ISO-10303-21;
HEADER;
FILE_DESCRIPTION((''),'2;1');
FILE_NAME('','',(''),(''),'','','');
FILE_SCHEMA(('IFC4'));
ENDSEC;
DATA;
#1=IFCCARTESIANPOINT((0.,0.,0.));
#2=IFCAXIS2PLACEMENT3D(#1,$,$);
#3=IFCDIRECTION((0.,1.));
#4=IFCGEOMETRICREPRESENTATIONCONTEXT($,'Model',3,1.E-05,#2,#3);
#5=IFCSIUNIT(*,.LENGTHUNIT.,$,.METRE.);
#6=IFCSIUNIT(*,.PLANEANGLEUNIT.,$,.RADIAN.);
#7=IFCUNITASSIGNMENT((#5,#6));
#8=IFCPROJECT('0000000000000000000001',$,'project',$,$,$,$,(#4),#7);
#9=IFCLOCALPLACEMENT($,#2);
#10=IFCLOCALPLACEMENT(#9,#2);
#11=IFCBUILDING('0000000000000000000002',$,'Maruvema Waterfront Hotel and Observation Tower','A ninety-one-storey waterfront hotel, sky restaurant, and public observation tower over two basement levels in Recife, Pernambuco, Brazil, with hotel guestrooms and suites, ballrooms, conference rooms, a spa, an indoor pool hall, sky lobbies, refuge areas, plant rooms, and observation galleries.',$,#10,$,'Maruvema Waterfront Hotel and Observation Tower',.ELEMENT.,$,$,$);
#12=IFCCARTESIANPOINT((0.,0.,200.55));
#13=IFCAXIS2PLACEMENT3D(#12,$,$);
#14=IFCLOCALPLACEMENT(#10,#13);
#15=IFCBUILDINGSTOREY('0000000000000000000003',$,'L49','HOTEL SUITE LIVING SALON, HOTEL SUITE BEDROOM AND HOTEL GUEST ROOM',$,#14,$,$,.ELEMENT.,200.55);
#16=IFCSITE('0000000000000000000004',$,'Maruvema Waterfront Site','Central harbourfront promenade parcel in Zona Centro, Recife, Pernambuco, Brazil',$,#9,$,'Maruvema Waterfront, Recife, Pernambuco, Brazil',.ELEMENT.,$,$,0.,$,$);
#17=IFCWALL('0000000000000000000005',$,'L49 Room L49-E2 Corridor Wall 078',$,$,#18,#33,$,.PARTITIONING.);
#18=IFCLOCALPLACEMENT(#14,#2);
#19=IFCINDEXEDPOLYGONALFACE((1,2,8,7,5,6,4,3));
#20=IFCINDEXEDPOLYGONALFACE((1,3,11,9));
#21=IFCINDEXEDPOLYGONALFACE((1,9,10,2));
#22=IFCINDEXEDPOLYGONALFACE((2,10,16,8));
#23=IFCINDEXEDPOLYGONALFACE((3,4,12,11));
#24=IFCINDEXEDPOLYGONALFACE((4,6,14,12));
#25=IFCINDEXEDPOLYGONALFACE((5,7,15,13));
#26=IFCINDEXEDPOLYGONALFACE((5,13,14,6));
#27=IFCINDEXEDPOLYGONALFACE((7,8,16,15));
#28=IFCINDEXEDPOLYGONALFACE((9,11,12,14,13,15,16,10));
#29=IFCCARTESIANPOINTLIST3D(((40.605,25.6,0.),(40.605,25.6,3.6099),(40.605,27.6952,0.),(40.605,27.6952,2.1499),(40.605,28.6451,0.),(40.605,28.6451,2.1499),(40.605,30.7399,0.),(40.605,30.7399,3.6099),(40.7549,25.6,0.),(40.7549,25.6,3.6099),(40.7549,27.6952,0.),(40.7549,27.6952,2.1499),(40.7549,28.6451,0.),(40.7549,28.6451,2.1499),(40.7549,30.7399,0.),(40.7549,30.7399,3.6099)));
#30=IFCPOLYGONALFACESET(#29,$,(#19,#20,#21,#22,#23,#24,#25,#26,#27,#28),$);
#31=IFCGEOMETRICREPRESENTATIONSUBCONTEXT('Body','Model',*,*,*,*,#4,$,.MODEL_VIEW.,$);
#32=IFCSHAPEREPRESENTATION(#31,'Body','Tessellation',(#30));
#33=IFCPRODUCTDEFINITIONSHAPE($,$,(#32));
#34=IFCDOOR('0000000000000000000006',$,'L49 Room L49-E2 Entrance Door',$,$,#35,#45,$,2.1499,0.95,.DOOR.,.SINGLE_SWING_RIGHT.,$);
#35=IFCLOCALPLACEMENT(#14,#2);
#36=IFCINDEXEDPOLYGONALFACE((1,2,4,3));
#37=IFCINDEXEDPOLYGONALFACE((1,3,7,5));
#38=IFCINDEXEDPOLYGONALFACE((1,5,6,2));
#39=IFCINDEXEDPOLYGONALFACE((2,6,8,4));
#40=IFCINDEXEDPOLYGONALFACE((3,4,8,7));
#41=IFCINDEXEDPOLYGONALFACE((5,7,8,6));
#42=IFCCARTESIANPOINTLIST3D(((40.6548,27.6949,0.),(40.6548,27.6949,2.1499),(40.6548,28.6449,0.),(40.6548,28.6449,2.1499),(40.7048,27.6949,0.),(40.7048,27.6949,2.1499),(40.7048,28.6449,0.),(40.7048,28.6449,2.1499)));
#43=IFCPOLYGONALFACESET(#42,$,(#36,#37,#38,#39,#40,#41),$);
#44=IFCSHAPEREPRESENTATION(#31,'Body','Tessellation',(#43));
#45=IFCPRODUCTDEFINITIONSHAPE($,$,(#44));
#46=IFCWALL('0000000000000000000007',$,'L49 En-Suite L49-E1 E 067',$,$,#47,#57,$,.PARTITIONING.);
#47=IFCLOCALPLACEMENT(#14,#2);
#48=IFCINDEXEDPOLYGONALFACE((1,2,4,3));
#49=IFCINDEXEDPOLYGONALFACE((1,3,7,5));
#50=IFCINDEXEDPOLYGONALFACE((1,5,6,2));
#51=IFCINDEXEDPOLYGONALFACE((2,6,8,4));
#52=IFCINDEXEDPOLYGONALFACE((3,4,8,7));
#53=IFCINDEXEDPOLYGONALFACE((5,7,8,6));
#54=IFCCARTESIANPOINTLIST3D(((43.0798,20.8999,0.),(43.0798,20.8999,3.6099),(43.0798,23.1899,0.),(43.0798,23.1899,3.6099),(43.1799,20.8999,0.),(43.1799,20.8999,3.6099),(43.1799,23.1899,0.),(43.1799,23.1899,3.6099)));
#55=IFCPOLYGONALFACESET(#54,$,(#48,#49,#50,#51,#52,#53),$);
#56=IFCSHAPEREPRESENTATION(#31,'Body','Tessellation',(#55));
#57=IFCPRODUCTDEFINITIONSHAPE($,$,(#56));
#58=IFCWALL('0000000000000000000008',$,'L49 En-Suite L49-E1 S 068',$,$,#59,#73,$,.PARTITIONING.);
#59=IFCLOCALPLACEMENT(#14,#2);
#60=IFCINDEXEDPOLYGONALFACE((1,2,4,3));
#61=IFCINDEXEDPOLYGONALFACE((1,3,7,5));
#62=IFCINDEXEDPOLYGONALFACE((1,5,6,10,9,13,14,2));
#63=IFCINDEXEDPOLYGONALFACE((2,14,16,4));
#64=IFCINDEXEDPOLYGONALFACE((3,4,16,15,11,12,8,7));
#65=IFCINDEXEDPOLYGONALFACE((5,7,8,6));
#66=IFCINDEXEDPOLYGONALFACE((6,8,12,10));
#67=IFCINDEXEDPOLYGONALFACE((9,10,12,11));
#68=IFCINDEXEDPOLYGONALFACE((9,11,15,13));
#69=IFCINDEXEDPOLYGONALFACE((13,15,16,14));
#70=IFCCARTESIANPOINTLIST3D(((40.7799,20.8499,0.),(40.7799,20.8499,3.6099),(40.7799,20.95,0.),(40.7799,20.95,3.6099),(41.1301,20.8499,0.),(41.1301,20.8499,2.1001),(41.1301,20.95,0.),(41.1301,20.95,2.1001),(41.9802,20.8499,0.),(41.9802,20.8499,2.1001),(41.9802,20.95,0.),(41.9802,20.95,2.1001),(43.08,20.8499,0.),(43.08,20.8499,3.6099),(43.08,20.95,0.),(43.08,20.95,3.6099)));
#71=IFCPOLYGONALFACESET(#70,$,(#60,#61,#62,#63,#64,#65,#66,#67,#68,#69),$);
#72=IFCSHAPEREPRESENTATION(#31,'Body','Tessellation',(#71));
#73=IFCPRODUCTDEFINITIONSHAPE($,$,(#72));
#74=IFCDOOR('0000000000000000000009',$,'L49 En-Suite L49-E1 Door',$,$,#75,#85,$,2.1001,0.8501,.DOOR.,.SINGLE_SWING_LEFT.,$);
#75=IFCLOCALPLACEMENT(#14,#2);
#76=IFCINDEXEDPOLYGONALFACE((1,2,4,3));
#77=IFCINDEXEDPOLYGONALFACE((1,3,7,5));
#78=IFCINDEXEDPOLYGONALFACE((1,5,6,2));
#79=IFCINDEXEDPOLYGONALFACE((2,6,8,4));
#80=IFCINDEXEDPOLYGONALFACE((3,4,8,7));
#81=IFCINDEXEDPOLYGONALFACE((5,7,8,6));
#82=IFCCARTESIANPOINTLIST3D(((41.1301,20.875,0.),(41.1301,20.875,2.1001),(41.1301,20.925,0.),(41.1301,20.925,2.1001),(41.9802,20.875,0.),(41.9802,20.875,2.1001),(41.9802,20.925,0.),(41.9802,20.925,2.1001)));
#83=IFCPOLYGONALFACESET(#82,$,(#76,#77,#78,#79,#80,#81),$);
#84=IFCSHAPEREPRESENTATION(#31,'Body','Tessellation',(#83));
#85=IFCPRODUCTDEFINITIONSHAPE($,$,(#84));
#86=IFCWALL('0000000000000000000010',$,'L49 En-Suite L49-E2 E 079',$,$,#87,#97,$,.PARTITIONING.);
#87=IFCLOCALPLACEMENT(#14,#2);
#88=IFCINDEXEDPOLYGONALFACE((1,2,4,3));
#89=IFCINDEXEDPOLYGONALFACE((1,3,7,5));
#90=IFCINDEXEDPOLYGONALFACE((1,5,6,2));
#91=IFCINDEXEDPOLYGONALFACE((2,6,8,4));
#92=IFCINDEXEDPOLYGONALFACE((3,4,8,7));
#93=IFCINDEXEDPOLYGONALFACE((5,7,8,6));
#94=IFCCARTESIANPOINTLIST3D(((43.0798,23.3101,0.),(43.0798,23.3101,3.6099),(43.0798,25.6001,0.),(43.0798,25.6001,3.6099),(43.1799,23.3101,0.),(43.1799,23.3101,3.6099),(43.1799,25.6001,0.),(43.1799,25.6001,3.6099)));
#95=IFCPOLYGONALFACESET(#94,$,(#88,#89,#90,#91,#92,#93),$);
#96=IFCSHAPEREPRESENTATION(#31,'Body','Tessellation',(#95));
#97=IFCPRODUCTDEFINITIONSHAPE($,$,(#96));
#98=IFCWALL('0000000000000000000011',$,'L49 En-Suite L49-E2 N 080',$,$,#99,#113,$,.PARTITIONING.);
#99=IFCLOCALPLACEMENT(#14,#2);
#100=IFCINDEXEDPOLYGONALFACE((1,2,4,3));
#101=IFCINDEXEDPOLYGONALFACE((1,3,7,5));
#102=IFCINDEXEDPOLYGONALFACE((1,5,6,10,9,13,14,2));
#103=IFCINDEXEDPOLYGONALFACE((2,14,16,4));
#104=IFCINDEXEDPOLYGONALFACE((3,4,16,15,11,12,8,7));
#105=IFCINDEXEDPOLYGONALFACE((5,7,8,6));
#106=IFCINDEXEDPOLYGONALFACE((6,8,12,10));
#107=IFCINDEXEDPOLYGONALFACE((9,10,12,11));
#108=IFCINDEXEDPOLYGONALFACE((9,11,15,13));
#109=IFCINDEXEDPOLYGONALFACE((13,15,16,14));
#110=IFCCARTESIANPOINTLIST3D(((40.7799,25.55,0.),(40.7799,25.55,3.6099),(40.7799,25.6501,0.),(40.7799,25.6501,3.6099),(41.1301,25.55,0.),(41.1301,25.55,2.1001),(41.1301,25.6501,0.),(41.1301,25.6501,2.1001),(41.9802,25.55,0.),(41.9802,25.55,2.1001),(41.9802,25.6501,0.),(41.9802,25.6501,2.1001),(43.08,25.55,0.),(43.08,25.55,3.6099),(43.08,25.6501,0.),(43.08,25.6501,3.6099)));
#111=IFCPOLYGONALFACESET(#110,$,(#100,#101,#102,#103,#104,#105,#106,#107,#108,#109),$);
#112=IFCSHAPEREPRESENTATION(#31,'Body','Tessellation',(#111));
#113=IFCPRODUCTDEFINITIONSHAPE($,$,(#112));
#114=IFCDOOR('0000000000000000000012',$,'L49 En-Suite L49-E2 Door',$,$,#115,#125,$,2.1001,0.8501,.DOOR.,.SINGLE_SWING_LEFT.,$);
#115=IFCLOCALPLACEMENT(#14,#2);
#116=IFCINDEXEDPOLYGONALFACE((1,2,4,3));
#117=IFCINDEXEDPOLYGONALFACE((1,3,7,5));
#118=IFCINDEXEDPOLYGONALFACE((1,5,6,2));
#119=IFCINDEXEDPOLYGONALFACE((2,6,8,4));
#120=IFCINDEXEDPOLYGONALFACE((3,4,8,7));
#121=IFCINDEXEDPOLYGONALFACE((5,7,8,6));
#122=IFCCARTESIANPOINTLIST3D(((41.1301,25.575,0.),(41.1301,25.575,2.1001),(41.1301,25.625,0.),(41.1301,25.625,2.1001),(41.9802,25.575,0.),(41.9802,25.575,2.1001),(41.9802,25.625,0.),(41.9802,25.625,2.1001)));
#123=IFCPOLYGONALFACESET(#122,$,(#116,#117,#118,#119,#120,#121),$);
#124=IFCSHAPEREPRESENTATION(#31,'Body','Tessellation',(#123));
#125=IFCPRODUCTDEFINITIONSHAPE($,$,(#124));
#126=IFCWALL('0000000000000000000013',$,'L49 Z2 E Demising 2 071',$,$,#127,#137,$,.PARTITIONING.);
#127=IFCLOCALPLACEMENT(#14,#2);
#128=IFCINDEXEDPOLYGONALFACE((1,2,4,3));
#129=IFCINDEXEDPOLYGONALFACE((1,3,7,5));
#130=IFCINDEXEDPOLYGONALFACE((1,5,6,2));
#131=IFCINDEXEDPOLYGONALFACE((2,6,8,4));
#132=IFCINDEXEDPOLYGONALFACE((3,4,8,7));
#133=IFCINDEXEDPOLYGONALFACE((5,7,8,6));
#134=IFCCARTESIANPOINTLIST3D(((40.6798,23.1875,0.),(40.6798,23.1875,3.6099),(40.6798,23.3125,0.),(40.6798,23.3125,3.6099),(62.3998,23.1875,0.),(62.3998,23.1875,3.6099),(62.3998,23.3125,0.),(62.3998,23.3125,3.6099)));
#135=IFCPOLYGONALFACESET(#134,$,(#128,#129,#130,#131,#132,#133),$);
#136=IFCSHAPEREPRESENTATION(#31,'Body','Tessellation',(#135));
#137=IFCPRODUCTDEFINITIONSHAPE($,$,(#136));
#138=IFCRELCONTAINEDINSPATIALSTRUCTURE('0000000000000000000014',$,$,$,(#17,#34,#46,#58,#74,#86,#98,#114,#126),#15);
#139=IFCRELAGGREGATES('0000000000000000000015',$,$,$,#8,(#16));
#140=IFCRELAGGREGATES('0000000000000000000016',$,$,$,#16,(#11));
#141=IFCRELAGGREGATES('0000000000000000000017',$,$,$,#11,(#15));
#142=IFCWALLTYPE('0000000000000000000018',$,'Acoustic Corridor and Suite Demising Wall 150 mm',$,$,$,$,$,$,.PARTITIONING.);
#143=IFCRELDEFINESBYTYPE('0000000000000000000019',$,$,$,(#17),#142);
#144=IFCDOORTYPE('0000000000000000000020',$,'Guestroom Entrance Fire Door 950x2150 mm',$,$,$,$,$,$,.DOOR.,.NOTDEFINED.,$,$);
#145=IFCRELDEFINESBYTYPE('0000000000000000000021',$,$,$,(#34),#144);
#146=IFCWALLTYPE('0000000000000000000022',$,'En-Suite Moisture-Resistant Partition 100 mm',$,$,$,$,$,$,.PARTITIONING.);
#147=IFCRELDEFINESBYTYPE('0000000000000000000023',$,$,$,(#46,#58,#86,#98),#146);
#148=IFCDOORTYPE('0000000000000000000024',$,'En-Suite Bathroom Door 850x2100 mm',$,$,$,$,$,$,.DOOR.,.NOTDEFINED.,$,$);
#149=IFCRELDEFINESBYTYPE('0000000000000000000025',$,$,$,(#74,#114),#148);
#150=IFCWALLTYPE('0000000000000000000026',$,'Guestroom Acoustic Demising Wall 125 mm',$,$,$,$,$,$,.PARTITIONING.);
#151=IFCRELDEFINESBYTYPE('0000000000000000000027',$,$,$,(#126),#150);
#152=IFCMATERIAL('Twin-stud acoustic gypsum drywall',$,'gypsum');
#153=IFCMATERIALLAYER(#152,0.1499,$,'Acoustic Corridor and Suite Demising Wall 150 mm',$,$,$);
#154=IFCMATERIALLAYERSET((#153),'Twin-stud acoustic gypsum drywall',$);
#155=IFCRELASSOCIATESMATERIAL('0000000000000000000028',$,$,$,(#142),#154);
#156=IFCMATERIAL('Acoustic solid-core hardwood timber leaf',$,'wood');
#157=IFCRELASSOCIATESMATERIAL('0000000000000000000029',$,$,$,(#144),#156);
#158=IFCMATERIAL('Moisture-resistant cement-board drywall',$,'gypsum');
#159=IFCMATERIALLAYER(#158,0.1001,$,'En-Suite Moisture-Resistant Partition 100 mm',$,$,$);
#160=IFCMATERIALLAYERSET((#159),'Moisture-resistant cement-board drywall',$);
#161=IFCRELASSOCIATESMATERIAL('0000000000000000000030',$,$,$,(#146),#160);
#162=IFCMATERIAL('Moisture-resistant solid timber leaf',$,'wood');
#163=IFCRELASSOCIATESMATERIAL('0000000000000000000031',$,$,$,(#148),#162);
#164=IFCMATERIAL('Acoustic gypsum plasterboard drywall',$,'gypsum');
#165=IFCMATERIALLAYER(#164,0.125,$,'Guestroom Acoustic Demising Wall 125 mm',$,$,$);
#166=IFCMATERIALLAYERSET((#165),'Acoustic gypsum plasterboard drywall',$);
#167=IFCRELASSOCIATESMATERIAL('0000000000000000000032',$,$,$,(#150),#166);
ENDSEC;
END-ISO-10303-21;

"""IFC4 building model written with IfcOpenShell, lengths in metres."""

from ifc_helpers import new_model, si_unit, direction, frame, frame_2d, origin, place, context, subcontext, project, spatial, rectangle, extrude, material, layer, layer_set, type_object, element, fill, save


model = new_model("IFC4")

# Units and contexts
model_context = context("Model", 3, precision=1e-05, world=origin(), true_north=direction((0.0, 1.0)))
body_context = subcontext(model_context, "Body", "Model", "MODEL_VIEW")
ifc_project = project(units=[si_unit("LENGTHUNIT", "METRE"), si_unit("PLANEANGLEUNIT", "RADIAN")], contexts=[model_context])

# Site, building, storey
site_placement = place(None, origin())
site = spatial("IfcSite", under=ifc_project, at=site_placement, Name="Maruvema Waterfront Site", Description="Central harbourfront promenade parcel in Zona Centro, Recife, Pernambuco, Brazil", LongName="Maruvema Waterfront, Recife, Pernambuco, Brazil", CompositionType="ELEMENT", RefElevation=0.0)
building_placement = place(site_placement, origin())
building = spatial("IfcBuilding", under=site, at=building_placement, Name="Maruvema Waterfront Hotel and Observation Tower", Description="A ninety-one-storey waterfront hotel, sky restaurant, and public observation tower over two basement levels in Recife, Pernambuco, Brazil, with hotel guestrooms and suites, ballrooms, conference rooms, a spa, an indoor pool hall, sky lobbies, refuge areas, plant rooms, and observation galleries.", LongName="Maruvema Waterfront Hotel and Observation Tower", CompositionType="ELEMENT")
storey_placement = place(building_placement, frame((0.0, 0.0, 200.55)))
storey = spatial("IfcBuildingStorey", under=building, at=storey_placement, Name="L49", Description="HOTEL SUITE LIVING SALON, HOTEL SUITE BEDROOM AND HOTEL GUEST ROOM", CompositionType="ELEMENT", Elevation=200.55)

# Shared definitions
ifc_material_1 = material(Name="Twin-stud acoustic gypsum drywall", Category="gypsum")
ifc_layer_1 = layer(ifc_material_1, 0.1499, Name="Acoustic Corridor and Suite Demising Wall 150 mm")
ifc_layer_set_1 = layer_set([ifc_layer_1], Name="Twin-stud acoustic gypsum drywall")
wall_type_1 = type_object("IfcWallType", Name="Acoustic Corridor and Suite Demising Wall 150 mm", PredefinedType="PARTITIONING", material=ifc_layer_set_1)

# Shared definitions
ifc_material_2 = material(Name="Acoustic solid-core hardwood timber leaf", Category="wood")
door_type_1 = type_object("IfcDoorType", Name="Guestroom Entrance Fire Door 950x2150 mm", OperationType="NOTDEFINED", PredefinedType="DOOR", material=ifc_material_2)

# Wall, opening, door
wall_1_placement = place(storey_placement, frame((40.6799, 25.6001, 0.0), z_axis=(0.0, 0.0, 1.0), x_axis=(0.0, 1.0, 0.0)))
wall_1 = element("IfcWall", 1, at=wall_1_placement, inside=storey, type_object=wall_type_1, Name="L49 Room L49-E2 Corridor Wall 078", PredefinedType="PARTITIONING", context=body_context, shape_type="SweptSolid", body=[
    extrude(rectangle(XDim=5.1399, YDim=0.1499, at=frame_2d((2.5698, 0.0))), origin(), (0.0, 0.0, 1.0), 3.6099),
])
opening_1_placement = place(wall_1_placement, frame((2.095, 0.0, 0.0)))
opening_1 = element("IfcOpeningElement", 2, at=opening_1_placement, cuts=wall_1, PredefinedType="OPENING", context=body_context, shape_type="SweptSolid", body=[
    extrude(rectangle(XDim=0.95, YDim=2.1499, at=frame_2d((0.4751, 1.075))), frame((0.0, 0.085, 0.0), z_axis=(0.0, -1.0, 0.0), x_axis=(1.0, 0.0, 0.0)), (0.0, 0.0, 1.0), 0.1699),
])
door_1_placement = place(opening_1_placement, frame((0.95, 0.0, 0.0), z_axis=(0.0, 0.0, 1.0), x_axis=(-1.0, 0.0, 0.0)))
door_1 = element("IfcDoor", 3, at=door_1_placement, inside=storey, type_object=door_type_1, Name="L49 Room L49-E2 Entrance Door", OperationType="SINGLE_SWING_RIGHT", OverallHeight=2.1499, OverallWidth=0.95, PredefinedType="DOOR", context=body_context, shape_type="SweptSolid", body=[
    extrude(rectangle(XDim=0.95, YDim=2.1499, at=frame_2d((0.4751, 1.075))), frame((0.0, 0.0249, 0.0), z_axis=(0.0, -1.0, 0.0), x_axis=(1.0, 0.0, 0.0)), (0.0, 0.0, 1.0), 0.05),
])
fill(opening_1, door_1)

# Wall
ifc_material_3 = material(Name="Moisture-resistant cement-board drywall", Category="gypsum")
ifc_layer_2 = layer(ifc_material_3, 0.1001, Name="En-Suite Moisture-Resistant Partition 100 mm")
ifc_layer_set_2 = layer_set([ifc_layer_2], Name="Moisture-resistant cement-board drywall")
wall_type_2 = type_object("IfcWallType", Name="En-Suite Moisture-Resistant Partition 100 mm", PredefinedType="PARTITIONING", material=ifc_layer_set_2)
wall_2_placement = place(storey_placement, frame((43.1299, 20.8999, 0.0), z_axis=(0.0, 0.0, 1.0), x_axis=(0.0, 1.0, 0.0)))
element("IfcWall", 4, at=wall_2_placement, inside=storey, type_object=wall_type_2, Name="L49 En-Suite L49-E1 E 067", PredefinedType="PARTITIONING", context=body_context, shape_type="SweptSolid", body=[
    extrude(rectangle(XDim=2.29, YDim=0.1001, at=frame_2d((1.145, 0.0))), origin(), (0.0, 0.0, 1.0), 3.6099),
])

# Wall, opening, door
wall_3_placement = place(storey_placement, frame((40.78, 20.8999, 0.0), z_axis=(0.0, 0.0, 1.0), x_axis=(1.0, 0.0, 0.0)))
wall_3 = element("IfcWall", 5, at=wall_3_placement, inside=storey, type_object=wall_type_2, Name="L49 En-Suite L49-E1 S 068", PredefinedType="PARTITIONING", context=body_context, shape_type="SweptSolid", body=[
    extrude(rectangle(XDim=2.3, YDim=0.1001, at=frame_2d((1.1499, 0.0))), origin(), (0.0, 0.0, 1.0), 3.6099),
])
opening_2_placement = place(wall_3_placement, frame((0.3501, 0.0, 0.0)))
opening_2 = element("IfcOpeningElement", 6, at=opening_2_placement, cuts=wall_3, PredefinedType="OPENING", context=body_context, shape_type="SweptSolid", body=[
    extrude(rectangle(XDim=0.8501, YDim=2.1001, at=frame_2d((0.425, 1.05))), frame((0.0, 0.0601, 0.0), z_axis=(0.0, -1.0, 0.0), x_axis=(1.0, 0.0, 0.0)), (0.0, 0.0, 1.0), 0.1201),
])
ifc_material_4 = material(Name="Moisture-resistant solid timber leaf", Category="wood")
door_type_2 = type_object("IfcDoorType", Name="En-Suite Bathroom Door 850x2100 mm", OperationType="NOTDEFINED", PredefinedType="DOOR", material=ifc_material_4)
door_2_placement = place(opening_2_placement, frame((0.8501, 0.0, 0.0), z_axis=(0.0, 0.0, 1.0), x_axis=(-1.0, 0.0, 0.0)))
door_2 = element("IfcDoor", 7, at=door_2_placement, inside=storey, type_object=door_type_2, Name="L49 En-Suite L49-E1 Door", OperationType="SINGLE_SWING_LEFT", OverallHeight=2.1001, OverallWidth=0.8501, PredefinedType="DOOR", context=body_context, shape_type="SweptSolid", body=[
    extrude(rectangle(XDim=0.8501, YDim=2.1001, at=frame_2d((0.425, 1.05))), frame((0.0, 0.0249, 0.0), z_axis=(0.0, -1.0, 0.0), x_axis=(1.0, 0.0, 0.0)), (0.0, 0.0, 1.0), 0.05),
])
fill(opening_2, door_2)

# Wall
wall_4_placement = place(storey_placement, frame((43.1299, 23.3101, 0.0), z_axis=(0.0, 0.0, 1.0), x_axis=(0.0, 1.0, 0.0)))
element("IfcWall", 8, at=wall_4_placement, inside=storey, type_object=wall_type_2, Name="L49 En-Suite L49-E2 E 079", PredefinedType="PARTITIONING", context=body_context, shape_type="SweptSolid", body=[
    extrude(rectangle(XDim=2.29, YDim=0.1001, at=frame_2d((1.145, 0.0))), origin(), (0.0, 0.0, 1.0), 3.6099),
])

# Wall, opening, door
wall_5_placement = place(storey_placement, frame((40.78, 25.6001, 0.0), z_axis=(0.0, 0.0, 1.0), x_axis=(1.0, 0.0, 0.0)))
wall_5 = element("IfcWall", 9, at=wall_5_placement, inside=storey, type_object=wall_type_2, Name="L49 En-Suite L49-E2 N 080", PredefinedType="PARTITIONING", context=body_context, shape_type="SweptSolid", body=[
    extrude(rectangle(XDim=2.3, YDim=0.1001, at=frame_2d((1.1499, 0.0))), origin(), (0.0, 0.0, 1.0), 3.6099),
])
opening_3_placement = place(wall_5_placement, frame((0.3501, 0.0, 0.0)))
opening_3 = element("IfcOpeningElement", 10, at=opening_3_placement, cuts=wall_5, PredefinedType="OPENING", context=body_context, shape_type="SweptSolid", body=[
    extrude(rectangle(XDim=0.8501, YDim=2.1001, at=frame_2d((0.425, 1.05))), frame((0.0, 0.0601, 0.0), z_axis=(0.0, -1.0, 0.0), x_axis=(1.0, 0.0, 0.0)), (0.0, 0.0, 1.0), 0.1201),
])
door_3_placement = place(opening_3_placement, origin())
door_3 = element("IfcDoor", 11, at=door_3_placement, inside=storey, type_object=door_type_2, Name="L49 En-Suite L49-E2 Door", OperationType="SINGLE_SWING_LEFT", OverallHeight=2.1001, OverallWidth=0.8501, PredefinedType="DOOR", context=body_context, shape_type="SweptSolid", body=[
    extrude(rectangle(XDim=0.8501, YDim=2.1001, at=frame_2d((0.425, 1.05))), frame((0.0, 0.0249, 0.0), z_axis=(0.0, -1.0, 0.0), x_axis=(1.0, 0.0, 0.0)), (0.0, 0.0, 1.0), 0.05),
])
fill(opening_3, door_3)

# Wall
ifc_material_5 = material(Name="Acoustic gypsum plasterboard drywall", Category="gypsum")
ifc_layer_3 = layer(ifc_material_5, 0.125, Name="Guestroom Acoustic Demising Wall 125 mm")
ifc_layer_set_3 = layer_set([ifc_layer_3], Name="Acoustic gypsum plasterboard drywall")
wall_type_3 = type_object("IfcWallType", Name="Guestroom Acoustic Demising Wall 125 mm", PredefinedType="PARTITIONING", material=ifc_layer_set_3)
wall_6_placement = place(storey_placement, frame((40.6799, 23.25, 0.0), z_axis=(0.0, 0.0, 1.0), x_axis=(1.0, 0.0, 0.0)))
element("IfcWall", 12, at=wall_6_placement, inside=storey, type_object=wall_type_3, Name="L49 Z2 E Demising 2 071", PredefinedType="PARTITIONING", context=body_context, shape_type="SweptSolid", body=[
    extrude(rectangle(XDim=21.72, YDim=0.125, at=frame_2d((10.8599, 0.0))), origin(), (0.0, 0.0, 1.0), 3.6099),
])

save(model, "model.ifc")
